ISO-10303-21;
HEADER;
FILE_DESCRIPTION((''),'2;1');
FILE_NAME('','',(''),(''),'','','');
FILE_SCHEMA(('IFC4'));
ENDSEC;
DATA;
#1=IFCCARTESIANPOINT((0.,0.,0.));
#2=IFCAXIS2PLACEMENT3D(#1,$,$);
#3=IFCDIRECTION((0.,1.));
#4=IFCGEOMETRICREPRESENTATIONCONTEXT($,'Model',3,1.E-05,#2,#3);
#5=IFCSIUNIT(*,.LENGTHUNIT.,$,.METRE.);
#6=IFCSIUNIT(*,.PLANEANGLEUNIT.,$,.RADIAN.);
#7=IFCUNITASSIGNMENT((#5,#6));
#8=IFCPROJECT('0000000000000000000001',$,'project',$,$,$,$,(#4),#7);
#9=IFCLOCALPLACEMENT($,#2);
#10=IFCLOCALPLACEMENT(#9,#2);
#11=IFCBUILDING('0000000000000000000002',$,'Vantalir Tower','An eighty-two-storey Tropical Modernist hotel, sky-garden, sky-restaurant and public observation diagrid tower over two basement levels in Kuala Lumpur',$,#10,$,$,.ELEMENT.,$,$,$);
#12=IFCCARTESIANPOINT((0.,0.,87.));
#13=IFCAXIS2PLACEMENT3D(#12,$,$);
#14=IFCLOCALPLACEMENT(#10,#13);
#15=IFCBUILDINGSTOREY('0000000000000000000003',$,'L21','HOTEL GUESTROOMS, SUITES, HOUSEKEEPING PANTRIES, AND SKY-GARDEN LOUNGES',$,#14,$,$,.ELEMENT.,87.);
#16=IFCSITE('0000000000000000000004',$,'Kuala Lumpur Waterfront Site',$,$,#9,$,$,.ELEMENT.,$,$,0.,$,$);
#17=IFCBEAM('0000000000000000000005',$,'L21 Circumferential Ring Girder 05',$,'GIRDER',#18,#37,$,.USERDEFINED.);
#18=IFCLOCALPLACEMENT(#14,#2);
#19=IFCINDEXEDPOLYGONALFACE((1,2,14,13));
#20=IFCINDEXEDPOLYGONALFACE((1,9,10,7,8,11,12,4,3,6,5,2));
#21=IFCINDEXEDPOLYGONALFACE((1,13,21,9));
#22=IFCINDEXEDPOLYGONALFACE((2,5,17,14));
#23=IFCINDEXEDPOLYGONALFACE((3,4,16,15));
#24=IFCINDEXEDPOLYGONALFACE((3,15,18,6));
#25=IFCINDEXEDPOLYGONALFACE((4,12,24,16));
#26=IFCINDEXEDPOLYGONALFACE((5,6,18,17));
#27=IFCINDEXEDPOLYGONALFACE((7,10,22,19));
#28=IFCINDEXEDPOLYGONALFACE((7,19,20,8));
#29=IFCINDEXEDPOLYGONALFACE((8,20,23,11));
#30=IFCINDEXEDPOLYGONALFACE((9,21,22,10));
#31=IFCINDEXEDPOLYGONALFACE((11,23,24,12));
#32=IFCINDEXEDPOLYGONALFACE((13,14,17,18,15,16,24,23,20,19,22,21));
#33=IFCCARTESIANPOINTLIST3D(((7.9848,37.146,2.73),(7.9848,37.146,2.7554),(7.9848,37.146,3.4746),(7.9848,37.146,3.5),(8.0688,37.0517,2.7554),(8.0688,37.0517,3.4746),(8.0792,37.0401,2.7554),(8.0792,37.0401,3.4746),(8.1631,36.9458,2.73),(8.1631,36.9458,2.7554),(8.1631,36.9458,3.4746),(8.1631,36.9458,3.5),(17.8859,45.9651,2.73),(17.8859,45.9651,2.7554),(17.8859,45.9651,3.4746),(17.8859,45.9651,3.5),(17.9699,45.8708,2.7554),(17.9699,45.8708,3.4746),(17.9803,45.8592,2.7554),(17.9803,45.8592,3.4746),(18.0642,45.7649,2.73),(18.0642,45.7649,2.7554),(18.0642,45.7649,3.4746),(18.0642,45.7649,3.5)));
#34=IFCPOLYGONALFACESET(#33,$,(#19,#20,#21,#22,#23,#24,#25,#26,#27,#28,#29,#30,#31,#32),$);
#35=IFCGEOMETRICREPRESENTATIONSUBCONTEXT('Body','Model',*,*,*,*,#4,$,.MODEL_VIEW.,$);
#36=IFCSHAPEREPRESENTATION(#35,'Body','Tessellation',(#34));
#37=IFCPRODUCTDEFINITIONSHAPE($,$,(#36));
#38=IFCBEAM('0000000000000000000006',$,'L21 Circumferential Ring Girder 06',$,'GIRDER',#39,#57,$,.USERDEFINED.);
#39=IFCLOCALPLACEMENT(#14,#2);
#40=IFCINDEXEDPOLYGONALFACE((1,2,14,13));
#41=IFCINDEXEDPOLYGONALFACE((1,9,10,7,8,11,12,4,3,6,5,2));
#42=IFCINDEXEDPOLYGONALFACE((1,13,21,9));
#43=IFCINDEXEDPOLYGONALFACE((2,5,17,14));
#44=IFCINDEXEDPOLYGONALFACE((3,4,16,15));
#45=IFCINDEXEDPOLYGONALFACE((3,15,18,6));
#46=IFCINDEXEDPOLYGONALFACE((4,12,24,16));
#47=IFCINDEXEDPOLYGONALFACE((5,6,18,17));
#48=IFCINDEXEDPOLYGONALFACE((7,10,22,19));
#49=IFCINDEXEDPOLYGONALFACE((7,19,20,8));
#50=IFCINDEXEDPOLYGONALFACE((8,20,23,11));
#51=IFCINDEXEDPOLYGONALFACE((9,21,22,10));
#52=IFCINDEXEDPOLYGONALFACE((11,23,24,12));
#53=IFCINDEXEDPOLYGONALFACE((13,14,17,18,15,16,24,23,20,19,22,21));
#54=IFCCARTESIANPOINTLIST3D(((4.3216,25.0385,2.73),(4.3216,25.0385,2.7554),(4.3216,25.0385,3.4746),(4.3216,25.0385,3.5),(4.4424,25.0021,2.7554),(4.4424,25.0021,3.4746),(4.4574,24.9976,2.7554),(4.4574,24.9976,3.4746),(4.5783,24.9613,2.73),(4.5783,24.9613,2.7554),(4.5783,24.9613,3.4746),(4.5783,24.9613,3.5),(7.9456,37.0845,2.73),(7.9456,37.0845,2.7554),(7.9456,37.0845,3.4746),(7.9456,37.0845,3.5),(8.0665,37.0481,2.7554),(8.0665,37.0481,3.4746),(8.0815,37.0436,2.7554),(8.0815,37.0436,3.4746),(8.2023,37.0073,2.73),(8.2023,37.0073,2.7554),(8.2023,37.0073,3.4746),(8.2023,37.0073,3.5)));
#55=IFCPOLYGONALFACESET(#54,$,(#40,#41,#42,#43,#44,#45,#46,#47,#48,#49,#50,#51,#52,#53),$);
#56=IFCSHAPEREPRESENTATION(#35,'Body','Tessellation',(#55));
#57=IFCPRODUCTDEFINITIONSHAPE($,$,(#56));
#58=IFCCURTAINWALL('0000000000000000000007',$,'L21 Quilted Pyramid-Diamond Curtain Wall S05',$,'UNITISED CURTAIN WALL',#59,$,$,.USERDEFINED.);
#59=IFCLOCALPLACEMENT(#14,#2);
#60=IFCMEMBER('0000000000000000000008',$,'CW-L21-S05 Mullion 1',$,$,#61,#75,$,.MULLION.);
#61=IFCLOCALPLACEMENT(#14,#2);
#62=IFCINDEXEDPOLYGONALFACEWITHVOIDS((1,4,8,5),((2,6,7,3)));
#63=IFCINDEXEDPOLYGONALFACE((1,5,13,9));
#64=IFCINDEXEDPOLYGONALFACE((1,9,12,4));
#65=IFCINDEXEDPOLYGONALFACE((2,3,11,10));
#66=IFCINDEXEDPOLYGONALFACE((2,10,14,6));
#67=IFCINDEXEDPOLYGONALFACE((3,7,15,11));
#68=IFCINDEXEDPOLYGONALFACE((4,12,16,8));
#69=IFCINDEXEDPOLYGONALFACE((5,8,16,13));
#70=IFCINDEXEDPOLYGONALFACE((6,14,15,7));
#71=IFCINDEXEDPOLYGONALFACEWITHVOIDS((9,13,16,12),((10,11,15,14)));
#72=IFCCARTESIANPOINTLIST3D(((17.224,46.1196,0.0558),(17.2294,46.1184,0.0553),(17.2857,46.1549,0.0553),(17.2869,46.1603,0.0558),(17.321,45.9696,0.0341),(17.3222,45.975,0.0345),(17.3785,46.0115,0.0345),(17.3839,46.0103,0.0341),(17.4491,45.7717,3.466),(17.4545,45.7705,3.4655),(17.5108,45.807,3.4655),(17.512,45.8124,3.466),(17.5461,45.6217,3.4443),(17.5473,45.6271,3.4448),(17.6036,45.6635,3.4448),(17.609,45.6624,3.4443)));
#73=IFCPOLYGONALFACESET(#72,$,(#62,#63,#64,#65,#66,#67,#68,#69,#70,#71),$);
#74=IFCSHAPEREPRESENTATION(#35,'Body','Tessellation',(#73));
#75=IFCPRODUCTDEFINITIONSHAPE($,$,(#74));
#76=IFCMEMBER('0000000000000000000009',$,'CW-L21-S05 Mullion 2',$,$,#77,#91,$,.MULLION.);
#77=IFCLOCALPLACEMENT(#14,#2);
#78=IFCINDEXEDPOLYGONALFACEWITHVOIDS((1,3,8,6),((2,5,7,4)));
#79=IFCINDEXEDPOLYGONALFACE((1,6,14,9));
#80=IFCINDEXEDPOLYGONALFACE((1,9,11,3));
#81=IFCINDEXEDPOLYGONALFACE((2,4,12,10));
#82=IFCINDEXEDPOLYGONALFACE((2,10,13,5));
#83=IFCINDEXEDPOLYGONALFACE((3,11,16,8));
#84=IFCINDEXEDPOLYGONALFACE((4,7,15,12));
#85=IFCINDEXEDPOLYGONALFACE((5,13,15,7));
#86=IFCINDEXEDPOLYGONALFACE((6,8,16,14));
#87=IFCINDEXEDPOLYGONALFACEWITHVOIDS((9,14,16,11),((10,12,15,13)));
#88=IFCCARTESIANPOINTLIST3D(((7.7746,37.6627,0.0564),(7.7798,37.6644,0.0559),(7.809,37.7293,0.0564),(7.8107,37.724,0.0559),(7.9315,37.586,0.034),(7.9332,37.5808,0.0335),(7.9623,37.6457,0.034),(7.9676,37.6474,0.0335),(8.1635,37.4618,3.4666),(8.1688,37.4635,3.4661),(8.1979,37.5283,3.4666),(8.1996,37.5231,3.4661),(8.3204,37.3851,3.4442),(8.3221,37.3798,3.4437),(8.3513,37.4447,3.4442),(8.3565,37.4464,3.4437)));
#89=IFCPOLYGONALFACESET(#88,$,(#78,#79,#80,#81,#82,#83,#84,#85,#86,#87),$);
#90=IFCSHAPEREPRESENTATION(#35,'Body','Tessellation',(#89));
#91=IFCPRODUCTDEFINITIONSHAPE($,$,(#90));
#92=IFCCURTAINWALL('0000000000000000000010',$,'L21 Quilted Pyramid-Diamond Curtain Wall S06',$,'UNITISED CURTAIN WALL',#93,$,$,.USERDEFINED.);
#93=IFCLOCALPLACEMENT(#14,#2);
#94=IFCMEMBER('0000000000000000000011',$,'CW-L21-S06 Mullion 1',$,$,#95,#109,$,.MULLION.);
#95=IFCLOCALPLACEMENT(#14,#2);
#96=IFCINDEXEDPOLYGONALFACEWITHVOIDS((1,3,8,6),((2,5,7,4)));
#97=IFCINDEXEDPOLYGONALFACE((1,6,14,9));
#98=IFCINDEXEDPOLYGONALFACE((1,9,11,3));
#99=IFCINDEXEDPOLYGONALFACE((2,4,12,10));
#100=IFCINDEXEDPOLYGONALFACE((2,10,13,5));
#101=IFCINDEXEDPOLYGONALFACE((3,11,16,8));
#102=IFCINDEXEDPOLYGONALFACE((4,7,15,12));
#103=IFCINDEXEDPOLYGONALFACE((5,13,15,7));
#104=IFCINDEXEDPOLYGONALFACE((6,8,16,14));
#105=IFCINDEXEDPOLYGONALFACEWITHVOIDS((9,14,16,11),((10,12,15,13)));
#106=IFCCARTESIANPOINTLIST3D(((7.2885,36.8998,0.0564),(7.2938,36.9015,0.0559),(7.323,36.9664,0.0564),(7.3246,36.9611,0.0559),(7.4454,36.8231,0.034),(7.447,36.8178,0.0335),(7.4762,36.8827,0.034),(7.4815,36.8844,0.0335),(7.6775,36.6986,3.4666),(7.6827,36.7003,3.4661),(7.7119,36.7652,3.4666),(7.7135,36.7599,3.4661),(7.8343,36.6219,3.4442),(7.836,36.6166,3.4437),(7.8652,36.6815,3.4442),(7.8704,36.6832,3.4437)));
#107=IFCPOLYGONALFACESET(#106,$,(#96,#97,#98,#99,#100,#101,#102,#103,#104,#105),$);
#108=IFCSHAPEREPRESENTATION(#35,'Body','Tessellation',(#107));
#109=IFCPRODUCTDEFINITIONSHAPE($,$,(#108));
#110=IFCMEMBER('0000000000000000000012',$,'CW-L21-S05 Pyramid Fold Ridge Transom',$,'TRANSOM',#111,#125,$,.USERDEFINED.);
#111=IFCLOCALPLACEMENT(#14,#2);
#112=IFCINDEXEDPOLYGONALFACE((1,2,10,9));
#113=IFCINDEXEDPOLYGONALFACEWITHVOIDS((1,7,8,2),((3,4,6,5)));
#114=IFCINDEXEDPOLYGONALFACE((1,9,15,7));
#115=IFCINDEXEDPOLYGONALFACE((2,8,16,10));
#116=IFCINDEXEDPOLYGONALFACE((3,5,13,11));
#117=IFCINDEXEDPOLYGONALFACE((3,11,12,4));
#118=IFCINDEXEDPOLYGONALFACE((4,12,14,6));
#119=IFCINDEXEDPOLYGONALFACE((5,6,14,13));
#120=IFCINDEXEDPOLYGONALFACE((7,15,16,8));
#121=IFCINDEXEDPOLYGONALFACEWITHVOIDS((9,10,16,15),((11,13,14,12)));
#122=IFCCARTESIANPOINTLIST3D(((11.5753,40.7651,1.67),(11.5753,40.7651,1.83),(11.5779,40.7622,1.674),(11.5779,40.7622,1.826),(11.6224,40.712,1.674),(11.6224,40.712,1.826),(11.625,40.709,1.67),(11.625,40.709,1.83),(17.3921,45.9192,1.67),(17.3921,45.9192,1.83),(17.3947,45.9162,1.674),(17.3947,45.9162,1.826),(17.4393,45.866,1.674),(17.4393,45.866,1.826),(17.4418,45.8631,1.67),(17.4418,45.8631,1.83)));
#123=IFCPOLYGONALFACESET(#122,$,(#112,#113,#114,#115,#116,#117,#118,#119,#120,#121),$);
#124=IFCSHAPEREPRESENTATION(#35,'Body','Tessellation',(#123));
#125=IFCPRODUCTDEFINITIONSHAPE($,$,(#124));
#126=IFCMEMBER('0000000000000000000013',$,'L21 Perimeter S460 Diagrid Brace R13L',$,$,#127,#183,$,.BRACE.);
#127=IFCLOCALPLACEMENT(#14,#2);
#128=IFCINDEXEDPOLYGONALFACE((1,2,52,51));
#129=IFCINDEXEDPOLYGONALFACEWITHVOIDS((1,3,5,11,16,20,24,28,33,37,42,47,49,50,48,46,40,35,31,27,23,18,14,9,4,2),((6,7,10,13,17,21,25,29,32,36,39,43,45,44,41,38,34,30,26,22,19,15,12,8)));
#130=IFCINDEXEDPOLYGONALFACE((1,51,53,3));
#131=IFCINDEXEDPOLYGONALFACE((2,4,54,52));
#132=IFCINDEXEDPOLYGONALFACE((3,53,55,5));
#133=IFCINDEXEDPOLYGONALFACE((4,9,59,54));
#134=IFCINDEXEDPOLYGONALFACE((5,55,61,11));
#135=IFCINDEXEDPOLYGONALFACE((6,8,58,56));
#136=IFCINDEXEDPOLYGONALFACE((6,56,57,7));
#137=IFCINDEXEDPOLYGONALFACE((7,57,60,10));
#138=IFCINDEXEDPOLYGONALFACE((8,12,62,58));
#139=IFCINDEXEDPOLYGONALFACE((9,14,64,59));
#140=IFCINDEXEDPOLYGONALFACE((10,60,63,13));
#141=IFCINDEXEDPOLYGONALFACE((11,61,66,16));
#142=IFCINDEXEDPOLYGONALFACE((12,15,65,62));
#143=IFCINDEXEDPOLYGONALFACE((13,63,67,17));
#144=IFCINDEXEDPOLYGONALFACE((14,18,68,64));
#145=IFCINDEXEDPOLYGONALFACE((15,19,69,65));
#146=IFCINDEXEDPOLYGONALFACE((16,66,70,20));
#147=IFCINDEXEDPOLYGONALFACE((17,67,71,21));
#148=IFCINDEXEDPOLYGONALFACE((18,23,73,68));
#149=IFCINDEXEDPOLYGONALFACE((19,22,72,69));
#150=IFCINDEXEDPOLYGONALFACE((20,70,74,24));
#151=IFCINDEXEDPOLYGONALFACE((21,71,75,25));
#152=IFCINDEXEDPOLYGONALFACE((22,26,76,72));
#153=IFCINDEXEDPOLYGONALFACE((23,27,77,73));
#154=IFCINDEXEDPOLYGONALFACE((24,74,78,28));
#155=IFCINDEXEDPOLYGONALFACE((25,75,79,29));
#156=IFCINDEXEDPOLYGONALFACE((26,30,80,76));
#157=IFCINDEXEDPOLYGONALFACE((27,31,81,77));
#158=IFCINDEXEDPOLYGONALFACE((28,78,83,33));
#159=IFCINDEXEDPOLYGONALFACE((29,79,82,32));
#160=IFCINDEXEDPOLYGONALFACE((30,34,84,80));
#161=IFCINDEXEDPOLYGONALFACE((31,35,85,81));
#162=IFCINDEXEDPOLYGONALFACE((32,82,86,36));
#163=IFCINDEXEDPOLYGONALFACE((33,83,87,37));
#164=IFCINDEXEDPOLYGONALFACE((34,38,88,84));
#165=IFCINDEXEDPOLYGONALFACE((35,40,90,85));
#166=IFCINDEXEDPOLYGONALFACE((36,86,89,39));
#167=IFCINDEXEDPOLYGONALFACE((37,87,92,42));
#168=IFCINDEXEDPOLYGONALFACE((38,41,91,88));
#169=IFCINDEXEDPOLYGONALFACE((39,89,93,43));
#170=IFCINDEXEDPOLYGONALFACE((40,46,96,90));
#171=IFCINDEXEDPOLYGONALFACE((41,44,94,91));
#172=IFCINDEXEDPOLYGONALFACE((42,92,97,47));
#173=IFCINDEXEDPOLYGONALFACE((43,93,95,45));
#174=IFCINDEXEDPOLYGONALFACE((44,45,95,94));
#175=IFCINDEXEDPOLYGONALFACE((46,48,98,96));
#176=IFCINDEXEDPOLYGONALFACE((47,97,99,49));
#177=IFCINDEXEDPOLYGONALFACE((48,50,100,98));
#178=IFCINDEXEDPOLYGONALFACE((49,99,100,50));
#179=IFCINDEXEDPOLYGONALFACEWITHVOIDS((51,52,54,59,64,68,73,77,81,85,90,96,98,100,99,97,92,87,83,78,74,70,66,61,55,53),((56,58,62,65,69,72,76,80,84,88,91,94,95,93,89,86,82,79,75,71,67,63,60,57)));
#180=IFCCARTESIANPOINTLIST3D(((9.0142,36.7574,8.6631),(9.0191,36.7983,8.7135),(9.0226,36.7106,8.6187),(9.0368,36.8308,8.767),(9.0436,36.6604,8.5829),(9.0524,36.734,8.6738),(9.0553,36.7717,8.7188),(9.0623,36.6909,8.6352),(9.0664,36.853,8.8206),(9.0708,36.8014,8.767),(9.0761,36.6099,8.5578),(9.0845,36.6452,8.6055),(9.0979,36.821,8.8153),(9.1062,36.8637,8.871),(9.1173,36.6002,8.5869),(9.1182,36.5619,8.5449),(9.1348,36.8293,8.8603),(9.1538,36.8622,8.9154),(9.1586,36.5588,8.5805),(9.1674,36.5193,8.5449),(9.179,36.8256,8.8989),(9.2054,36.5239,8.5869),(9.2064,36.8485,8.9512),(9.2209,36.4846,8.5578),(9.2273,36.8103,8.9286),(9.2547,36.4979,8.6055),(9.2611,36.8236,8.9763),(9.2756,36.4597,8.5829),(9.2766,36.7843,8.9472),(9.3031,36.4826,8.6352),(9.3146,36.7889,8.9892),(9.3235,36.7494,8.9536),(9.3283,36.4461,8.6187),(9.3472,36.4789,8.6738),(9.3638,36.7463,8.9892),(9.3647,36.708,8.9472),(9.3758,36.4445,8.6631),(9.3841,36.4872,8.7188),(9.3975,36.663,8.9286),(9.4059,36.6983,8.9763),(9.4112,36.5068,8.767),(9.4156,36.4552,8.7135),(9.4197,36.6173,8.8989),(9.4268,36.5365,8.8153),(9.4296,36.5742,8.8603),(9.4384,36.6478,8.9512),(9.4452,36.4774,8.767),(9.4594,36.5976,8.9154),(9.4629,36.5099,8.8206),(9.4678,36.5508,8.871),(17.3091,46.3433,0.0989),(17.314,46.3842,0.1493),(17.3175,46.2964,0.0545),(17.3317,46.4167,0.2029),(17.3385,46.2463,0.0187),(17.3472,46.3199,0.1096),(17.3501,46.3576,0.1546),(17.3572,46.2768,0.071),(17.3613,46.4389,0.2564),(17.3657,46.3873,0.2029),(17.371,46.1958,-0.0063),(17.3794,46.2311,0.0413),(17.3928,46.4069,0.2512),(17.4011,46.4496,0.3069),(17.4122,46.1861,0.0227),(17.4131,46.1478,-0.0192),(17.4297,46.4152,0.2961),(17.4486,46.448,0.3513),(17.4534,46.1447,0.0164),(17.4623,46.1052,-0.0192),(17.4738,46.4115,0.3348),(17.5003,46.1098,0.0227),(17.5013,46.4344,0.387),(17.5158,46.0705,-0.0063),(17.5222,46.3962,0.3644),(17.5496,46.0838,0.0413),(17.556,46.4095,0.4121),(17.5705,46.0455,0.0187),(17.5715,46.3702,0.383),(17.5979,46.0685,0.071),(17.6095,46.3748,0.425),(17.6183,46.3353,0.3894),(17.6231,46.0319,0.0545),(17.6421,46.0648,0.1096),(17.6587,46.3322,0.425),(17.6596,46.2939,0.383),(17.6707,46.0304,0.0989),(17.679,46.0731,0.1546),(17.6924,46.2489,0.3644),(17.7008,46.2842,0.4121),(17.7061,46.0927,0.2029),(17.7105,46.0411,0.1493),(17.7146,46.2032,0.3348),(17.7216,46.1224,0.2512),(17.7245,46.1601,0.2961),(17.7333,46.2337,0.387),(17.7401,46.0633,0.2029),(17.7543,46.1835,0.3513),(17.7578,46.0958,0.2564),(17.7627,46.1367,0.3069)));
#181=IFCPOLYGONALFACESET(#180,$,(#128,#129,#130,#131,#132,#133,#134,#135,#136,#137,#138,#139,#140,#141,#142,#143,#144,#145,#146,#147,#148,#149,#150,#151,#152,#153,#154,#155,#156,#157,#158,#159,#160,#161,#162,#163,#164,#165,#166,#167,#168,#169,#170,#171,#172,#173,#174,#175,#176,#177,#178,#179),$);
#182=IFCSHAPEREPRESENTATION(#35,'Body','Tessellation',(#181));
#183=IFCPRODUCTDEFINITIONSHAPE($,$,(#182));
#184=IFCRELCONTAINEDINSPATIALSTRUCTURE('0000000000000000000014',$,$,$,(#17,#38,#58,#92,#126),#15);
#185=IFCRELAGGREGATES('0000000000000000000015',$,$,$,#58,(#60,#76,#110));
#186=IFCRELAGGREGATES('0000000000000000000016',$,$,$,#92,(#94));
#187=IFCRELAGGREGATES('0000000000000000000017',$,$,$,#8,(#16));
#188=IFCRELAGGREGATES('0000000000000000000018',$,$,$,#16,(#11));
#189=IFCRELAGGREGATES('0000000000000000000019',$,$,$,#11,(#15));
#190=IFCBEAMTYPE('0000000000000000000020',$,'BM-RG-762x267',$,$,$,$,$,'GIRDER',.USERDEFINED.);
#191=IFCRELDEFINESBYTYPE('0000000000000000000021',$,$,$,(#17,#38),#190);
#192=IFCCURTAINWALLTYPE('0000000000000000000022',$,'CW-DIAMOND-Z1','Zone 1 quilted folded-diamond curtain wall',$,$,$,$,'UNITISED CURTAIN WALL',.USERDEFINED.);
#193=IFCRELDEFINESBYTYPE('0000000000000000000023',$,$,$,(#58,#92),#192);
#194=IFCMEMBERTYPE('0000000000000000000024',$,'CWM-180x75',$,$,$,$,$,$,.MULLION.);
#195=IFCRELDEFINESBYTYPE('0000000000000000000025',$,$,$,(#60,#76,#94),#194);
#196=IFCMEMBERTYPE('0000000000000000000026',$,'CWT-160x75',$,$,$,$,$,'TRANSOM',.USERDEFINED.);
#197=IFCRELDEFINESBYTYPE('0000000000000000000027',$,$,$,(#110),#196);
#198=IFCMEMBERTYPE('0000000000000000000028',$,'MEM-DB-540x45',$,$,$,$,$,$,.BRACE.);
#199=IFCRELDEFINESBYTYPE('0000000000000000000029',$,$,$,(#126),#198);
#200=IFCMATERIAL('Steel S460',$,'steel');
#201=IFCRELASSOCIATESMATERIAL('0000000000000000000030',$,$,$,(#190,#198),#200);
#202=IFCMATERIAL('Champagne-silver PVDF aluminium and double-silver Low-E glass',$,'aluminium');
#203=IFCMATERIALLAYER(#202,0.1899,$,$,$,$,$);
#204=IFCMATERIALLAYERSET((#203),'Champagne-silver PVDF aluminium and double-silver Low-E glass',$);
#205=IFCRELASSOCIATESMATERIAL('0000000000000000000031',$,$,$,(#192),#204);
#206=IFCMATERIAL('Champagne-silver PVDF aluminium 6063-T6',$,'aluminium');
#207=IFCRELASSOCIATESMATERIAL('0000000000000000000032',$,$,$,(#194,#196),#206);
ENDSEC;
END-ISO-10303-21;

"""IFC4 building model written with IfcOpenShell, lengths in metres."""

from ifc_helpers import new_model, si_unit, direction, frame, origin, origin_2d, place, context, subcontext, project, spatial, hollow_rectangle, hollow_circle, i_section, extrude, material, layer, layer_set, material_profile, profile_set, type_object, element, aggregate, save


model = new_model("IFC4")

# Units and contexts
model_context = context("Model", 3, precision=1e-05, world=origin(), true_north=direction((0.0, 1.0)))
body_context = subcontext(model_context, "Body", "Model", "MODEL_VIEW")
ifc_project = project(units=[si_unit("LENGTHUNIT", "METRE"), si_unit("PLANEANGLEUNIT", "RADIAN")], contexts=[model_context])

# Site, building, storey
site_placement = place(None, origin())
site = spatial("IfcSite", under=ifc_project, at=site_placement, Name="Kuala Lumpur Waterfront Site", CompositionType="ELEMENT", RefElevation=0.0)
building_placement = place(site_placement, origin())
building = spatial("IfcBuilding", under=site, at=building_placement, Name="Vantalir Tower", Description="An eighty-two-storey Tropical Modernist hotel, sky-garden, sky-restaurant and public observation diagrid tower over two basement levels in Kuala Lumpur", CompositionType="ELEMENT")
storey_placement = place(building_placement, frame((0.0, 0.0, 87.0)))
storey = spatial("IfcBuildingStorey", under=building, at=storey_placement, Name="L21", Description="HOTEL GUESTROOMS, SUITES, HOUSEKEEPING PANTRIES, AND SKY-GARDEN LOUNGES", CompositionType="ELEMENT", Elevation=87.0)

# Shared definitions
ifc_material_1 = material(Name="Steel S460", Category="steel")

# Beams
ifc_material_profile_1 = material_profile(ifc_material_1, i_section(OverallWidth=0.2681, OverallDepth=0.77, WebThickness=0.0156, FlangeThickness=0.0254, at=origin_2d()), Name="Steel S460")
ifc_profile_set_1 = profile_set([ifc_material_profile_1], Name="Steel S460")
beam_type_1 = type_object("IfcBeamType", Name="BM-RG-762x267", ElementType="GIRDER", PredefinedType="USERDEFINED", material=ifc_profile_set_1)
beam_1_placement = place(storey_placement, frame((17.9751, 45.865, 3.115), z_axis=(-0.746731, -0.665126, 0.0), x_axis=(0.665126, -0.746731, 0.0)))
element("IfcBeam", 1, at=beam_1_placement, inside=storey, type_object=beam_type_1, Name="L21 Circumferential Ring Girder 05", ObjectType="GIRDER", PredefinedType="USERDEFINED", context=body_context, shape_type="SweptSolid", body=[
    extrude(i_section(OverallWidth=0.2681, OverallDepth=0.77, WebThickness=0.0156, FlangeThickness=0.0254, at=origin_2d()), origin(), (0.0, 0.0, 1.0), 13.2593),
])
beam_2_placement = place(storey_placement, frame((8.074, 37.0459, 3.115), z_axis=(-0.288096, -0.957602, 0.0), x_axis=(0.957602, -0.288096, 0.0)))
element("IfcBeam", 2, at=beam_2_placement, inside=storey, type_object=beam_type_1, Name="L21 Circumferential Ring Girder 06", ObjectType="GIRDER", PredefinedType="USERDEFINED", context=body_context, shape_type="SweptSolid", body=[
    extrude(i_section(OverallWidth=0.2681, OverallDepth=0.77, WebThickness=0.0156, FlangeThickness=0.0254, at=origin_2d()), origin(), (0.0, 0.0, 1.0), 12.5793),
])

# Curtain wall, members
ifc_material_2 = material(Name="Champagne-silver PVDF aluminium and double-silver Low-E glass", Category="aluminium")
ifc_layer_1 = layer(ifc_material_2, 0.1899)
ifc_layer_set_1 = layer_set([ifc_layer_1], Name="Champagne-silver PVDF aluminium and double-silver Low-E glass")
curtain_wall_type = type_object("IfcCurtainWallType", Name="CW-DIAMOND-Z1", Description="Zone 1 quilted folded-diamond curtain wall", ElementType="UNITISED CURTAIN WALL", PredefinedType="USERDEFINED", material=ifc_layer_set_1)
curtain_wall_1_placement = place(storey_placement, origin())
curtain_wall_1 = element("IfcCurtainWall", 3, at=curtain_wall_1_placement, inside=storey, type_object=curtain_wall_type, Name="L21 Quilted Pyramid-Diamond Curtain Wall S05", ObjectType="UNITISED CURTAIN WALL", PredefinedType="USERDEFINED")
ifc_material_3 = material(Name="Champagne-silver PVDF aluminium 6063-T6", Category="aluminium")
ifc_material_profile_2 = material_profile(ifc_material_3, hollow_rectangle(XDim=0.075, YDim=0.1799, WallThickness=0.0039, at=origin_2d()), Name="Champagne-silver PVDF aluminium 6063-T6")
ifc_profile_set_2 = profile_set([ifc_material_profile_2], Name="Champagne-silver PVDF aluminium 6063-T6")
member_type_1 = type_object("IfcMemberType", Name="CWM-180x75", PredefinedType="MULLION", material=ifc_profile_set_2)
member_1_placement = place(storey_placement, frame((17.304, 46.0649, 0.0449), z_axis=(0.065526, -0.101274, 0.992698), x_axis=(0.839586, 0.543227, 0.0)))
member_1 = element("IfcMember", 4, at=member_1_placement, type_object=member_type_1, Name="CW-L21-S05 Mullion 1", PredefinedType="MULLION", context=body_context, shape_type="SweptSolid", body=[
    extrude(hollow_rectangle(XDim=0.075, YDim=0.1799, WallThickness=0.0039, at=origin_2d()), origin(), (0.0, 0.0, 1.0), 3.4353),
])
member_2_placement = place(storey_placement, frame((7.8711, 37.655, 0.0449), z_axis=(0.113118, -0.058441, 0.991861), x_axis=(0.458998, 0.888437, 0.0)))
member_2 = element("IfcMember", 5, at=member_2_placement, type_object=member_type_1, Name="CW-L21-S05 Mullion 2", PredefinedType="MULLION", context=body_context, shape_type="SweptSolid", body=[
    extrude(hollow_rectangle(XDim=0.075, YDim=0.1799, WallThickness=0.0039, at=origin_2d()), origin(), (0.0, 0.0, 1.0), 3.4382),
])

# Curtain wall, member
curtain_wall_2_placement = place(storey_placement, origin())
curtain_wall_2 = element("IfcCurtainWall", 6, at=curtain_wall_2_placement, inside=storey, type_object=curtain_wall_type, Name="L21 Quilted Pyramid-Diamond Curtain Wall S06", ObjectType="UNITISED CURTAIN WALL", PredefinedType="USERDEFINED")
member_3_placement = place(storey_placement, frame((7.385, 36.8921, 0.0449), z_axis=(0.113118, -0.058512, 0.991857), x_axis=(0.459438, 0.88821, 0.0)))
member_3 = element("IfcMember", 7, at=member_3_placement, type_object=member_type_1, Name="CW-L21-S06 Mullion 1", PredefinedType="MULLION", context=body_context, shape_type="SweptSolid", body=[
    extrude(hollow_rectangle(XDim=0.075, YDim=0.1799, WallThickness=0.0039, at=origin_2d()), origin(), (0.0, 0.0, 1.0), 3.4382),
])

# Member
ifc_material_profile_3 = material_profile(ifc_material_3, hollow_rectangle(XDim=0.075, YDim=0.1599, WallThickness=0.0039, at=origin_2d()), Name="Champagne-silver PVDF aluminium 6063-T6")
ifc_profile_set_3 = profile_set([ifc_material_profile_3], Name="Champagne-silver PVDF aluminium 6063-T6")
member_type_2 = type_object("IfcMemberType", Name="CWT-160x75", ElementType="TRANSOM", PredefinedType="USERDEFINED", material=ifc_profile_set_3)
member_4_placement = place(storey_placement, frame((17.417, 45.8911, 1.75), z_axis=(-0.748464, -0.663176, 0.0), x_axis=(0.663176, -0.748464, 0.0)))
member_4 = element("IfcMember", 8, at=member_4_placement, type_object=member_type_2, Name="CW-L21-S05 Pyramid Fold Ridge Transom", ObjectType="TRANSOM", PredefinedType="USERDEFINED", context=body_context, shape_type="SweptSolid", body=[
    extrude(hollow_rectangle(XDim=0.075, YDim=0.1599, WallThickness=0.0039, at=origin_2d()), origin(), (0.0, 0.0, 1.0), 7.7717),
])

# Member
ifc_material_profile_4 = material_profile(ifc_material_1, hollow_circle(Radius=0.27, WallThickness=0.0449, at=origin_2d()), Name="Steel S460")
ifc_profile_set_4 = profile_set([ifc_material_profile_4], Name="Steel S460")
member_type_3 = type_object("IfcMemberType", Name="MEM-DB-540x45", PredefinedType="BRACE", material=ifc_profile_set_4)
member_5_placement = place(storey_placement, frame((17.5359, 46.24, 0.2029), z_axis=(-0.542208, -0.626597, 0.55981), x_axis=(0.756192, -0.65435, 0.0)))
element("IfcMember", 9, at=member_5_placement, inside=storey, type_object=member_type_3, Name="L21 Perimeter S460 Diagrid Brace R13L", PredefinedType="BRACE", context=body_context, shape_type="SweptSolid", body=[
    extrude(hollow_circle(Radius=0.27, WallThickness=0.0449, at=origin_2d()), origin(), (0.0, 0.0, 1.0), 15.2983),
])

aggregate(curtain_wall_1, [member_1, member_2, member_4])
aggregate(curtain_wall_2, [member_3])

save(model, "model.ifc")
